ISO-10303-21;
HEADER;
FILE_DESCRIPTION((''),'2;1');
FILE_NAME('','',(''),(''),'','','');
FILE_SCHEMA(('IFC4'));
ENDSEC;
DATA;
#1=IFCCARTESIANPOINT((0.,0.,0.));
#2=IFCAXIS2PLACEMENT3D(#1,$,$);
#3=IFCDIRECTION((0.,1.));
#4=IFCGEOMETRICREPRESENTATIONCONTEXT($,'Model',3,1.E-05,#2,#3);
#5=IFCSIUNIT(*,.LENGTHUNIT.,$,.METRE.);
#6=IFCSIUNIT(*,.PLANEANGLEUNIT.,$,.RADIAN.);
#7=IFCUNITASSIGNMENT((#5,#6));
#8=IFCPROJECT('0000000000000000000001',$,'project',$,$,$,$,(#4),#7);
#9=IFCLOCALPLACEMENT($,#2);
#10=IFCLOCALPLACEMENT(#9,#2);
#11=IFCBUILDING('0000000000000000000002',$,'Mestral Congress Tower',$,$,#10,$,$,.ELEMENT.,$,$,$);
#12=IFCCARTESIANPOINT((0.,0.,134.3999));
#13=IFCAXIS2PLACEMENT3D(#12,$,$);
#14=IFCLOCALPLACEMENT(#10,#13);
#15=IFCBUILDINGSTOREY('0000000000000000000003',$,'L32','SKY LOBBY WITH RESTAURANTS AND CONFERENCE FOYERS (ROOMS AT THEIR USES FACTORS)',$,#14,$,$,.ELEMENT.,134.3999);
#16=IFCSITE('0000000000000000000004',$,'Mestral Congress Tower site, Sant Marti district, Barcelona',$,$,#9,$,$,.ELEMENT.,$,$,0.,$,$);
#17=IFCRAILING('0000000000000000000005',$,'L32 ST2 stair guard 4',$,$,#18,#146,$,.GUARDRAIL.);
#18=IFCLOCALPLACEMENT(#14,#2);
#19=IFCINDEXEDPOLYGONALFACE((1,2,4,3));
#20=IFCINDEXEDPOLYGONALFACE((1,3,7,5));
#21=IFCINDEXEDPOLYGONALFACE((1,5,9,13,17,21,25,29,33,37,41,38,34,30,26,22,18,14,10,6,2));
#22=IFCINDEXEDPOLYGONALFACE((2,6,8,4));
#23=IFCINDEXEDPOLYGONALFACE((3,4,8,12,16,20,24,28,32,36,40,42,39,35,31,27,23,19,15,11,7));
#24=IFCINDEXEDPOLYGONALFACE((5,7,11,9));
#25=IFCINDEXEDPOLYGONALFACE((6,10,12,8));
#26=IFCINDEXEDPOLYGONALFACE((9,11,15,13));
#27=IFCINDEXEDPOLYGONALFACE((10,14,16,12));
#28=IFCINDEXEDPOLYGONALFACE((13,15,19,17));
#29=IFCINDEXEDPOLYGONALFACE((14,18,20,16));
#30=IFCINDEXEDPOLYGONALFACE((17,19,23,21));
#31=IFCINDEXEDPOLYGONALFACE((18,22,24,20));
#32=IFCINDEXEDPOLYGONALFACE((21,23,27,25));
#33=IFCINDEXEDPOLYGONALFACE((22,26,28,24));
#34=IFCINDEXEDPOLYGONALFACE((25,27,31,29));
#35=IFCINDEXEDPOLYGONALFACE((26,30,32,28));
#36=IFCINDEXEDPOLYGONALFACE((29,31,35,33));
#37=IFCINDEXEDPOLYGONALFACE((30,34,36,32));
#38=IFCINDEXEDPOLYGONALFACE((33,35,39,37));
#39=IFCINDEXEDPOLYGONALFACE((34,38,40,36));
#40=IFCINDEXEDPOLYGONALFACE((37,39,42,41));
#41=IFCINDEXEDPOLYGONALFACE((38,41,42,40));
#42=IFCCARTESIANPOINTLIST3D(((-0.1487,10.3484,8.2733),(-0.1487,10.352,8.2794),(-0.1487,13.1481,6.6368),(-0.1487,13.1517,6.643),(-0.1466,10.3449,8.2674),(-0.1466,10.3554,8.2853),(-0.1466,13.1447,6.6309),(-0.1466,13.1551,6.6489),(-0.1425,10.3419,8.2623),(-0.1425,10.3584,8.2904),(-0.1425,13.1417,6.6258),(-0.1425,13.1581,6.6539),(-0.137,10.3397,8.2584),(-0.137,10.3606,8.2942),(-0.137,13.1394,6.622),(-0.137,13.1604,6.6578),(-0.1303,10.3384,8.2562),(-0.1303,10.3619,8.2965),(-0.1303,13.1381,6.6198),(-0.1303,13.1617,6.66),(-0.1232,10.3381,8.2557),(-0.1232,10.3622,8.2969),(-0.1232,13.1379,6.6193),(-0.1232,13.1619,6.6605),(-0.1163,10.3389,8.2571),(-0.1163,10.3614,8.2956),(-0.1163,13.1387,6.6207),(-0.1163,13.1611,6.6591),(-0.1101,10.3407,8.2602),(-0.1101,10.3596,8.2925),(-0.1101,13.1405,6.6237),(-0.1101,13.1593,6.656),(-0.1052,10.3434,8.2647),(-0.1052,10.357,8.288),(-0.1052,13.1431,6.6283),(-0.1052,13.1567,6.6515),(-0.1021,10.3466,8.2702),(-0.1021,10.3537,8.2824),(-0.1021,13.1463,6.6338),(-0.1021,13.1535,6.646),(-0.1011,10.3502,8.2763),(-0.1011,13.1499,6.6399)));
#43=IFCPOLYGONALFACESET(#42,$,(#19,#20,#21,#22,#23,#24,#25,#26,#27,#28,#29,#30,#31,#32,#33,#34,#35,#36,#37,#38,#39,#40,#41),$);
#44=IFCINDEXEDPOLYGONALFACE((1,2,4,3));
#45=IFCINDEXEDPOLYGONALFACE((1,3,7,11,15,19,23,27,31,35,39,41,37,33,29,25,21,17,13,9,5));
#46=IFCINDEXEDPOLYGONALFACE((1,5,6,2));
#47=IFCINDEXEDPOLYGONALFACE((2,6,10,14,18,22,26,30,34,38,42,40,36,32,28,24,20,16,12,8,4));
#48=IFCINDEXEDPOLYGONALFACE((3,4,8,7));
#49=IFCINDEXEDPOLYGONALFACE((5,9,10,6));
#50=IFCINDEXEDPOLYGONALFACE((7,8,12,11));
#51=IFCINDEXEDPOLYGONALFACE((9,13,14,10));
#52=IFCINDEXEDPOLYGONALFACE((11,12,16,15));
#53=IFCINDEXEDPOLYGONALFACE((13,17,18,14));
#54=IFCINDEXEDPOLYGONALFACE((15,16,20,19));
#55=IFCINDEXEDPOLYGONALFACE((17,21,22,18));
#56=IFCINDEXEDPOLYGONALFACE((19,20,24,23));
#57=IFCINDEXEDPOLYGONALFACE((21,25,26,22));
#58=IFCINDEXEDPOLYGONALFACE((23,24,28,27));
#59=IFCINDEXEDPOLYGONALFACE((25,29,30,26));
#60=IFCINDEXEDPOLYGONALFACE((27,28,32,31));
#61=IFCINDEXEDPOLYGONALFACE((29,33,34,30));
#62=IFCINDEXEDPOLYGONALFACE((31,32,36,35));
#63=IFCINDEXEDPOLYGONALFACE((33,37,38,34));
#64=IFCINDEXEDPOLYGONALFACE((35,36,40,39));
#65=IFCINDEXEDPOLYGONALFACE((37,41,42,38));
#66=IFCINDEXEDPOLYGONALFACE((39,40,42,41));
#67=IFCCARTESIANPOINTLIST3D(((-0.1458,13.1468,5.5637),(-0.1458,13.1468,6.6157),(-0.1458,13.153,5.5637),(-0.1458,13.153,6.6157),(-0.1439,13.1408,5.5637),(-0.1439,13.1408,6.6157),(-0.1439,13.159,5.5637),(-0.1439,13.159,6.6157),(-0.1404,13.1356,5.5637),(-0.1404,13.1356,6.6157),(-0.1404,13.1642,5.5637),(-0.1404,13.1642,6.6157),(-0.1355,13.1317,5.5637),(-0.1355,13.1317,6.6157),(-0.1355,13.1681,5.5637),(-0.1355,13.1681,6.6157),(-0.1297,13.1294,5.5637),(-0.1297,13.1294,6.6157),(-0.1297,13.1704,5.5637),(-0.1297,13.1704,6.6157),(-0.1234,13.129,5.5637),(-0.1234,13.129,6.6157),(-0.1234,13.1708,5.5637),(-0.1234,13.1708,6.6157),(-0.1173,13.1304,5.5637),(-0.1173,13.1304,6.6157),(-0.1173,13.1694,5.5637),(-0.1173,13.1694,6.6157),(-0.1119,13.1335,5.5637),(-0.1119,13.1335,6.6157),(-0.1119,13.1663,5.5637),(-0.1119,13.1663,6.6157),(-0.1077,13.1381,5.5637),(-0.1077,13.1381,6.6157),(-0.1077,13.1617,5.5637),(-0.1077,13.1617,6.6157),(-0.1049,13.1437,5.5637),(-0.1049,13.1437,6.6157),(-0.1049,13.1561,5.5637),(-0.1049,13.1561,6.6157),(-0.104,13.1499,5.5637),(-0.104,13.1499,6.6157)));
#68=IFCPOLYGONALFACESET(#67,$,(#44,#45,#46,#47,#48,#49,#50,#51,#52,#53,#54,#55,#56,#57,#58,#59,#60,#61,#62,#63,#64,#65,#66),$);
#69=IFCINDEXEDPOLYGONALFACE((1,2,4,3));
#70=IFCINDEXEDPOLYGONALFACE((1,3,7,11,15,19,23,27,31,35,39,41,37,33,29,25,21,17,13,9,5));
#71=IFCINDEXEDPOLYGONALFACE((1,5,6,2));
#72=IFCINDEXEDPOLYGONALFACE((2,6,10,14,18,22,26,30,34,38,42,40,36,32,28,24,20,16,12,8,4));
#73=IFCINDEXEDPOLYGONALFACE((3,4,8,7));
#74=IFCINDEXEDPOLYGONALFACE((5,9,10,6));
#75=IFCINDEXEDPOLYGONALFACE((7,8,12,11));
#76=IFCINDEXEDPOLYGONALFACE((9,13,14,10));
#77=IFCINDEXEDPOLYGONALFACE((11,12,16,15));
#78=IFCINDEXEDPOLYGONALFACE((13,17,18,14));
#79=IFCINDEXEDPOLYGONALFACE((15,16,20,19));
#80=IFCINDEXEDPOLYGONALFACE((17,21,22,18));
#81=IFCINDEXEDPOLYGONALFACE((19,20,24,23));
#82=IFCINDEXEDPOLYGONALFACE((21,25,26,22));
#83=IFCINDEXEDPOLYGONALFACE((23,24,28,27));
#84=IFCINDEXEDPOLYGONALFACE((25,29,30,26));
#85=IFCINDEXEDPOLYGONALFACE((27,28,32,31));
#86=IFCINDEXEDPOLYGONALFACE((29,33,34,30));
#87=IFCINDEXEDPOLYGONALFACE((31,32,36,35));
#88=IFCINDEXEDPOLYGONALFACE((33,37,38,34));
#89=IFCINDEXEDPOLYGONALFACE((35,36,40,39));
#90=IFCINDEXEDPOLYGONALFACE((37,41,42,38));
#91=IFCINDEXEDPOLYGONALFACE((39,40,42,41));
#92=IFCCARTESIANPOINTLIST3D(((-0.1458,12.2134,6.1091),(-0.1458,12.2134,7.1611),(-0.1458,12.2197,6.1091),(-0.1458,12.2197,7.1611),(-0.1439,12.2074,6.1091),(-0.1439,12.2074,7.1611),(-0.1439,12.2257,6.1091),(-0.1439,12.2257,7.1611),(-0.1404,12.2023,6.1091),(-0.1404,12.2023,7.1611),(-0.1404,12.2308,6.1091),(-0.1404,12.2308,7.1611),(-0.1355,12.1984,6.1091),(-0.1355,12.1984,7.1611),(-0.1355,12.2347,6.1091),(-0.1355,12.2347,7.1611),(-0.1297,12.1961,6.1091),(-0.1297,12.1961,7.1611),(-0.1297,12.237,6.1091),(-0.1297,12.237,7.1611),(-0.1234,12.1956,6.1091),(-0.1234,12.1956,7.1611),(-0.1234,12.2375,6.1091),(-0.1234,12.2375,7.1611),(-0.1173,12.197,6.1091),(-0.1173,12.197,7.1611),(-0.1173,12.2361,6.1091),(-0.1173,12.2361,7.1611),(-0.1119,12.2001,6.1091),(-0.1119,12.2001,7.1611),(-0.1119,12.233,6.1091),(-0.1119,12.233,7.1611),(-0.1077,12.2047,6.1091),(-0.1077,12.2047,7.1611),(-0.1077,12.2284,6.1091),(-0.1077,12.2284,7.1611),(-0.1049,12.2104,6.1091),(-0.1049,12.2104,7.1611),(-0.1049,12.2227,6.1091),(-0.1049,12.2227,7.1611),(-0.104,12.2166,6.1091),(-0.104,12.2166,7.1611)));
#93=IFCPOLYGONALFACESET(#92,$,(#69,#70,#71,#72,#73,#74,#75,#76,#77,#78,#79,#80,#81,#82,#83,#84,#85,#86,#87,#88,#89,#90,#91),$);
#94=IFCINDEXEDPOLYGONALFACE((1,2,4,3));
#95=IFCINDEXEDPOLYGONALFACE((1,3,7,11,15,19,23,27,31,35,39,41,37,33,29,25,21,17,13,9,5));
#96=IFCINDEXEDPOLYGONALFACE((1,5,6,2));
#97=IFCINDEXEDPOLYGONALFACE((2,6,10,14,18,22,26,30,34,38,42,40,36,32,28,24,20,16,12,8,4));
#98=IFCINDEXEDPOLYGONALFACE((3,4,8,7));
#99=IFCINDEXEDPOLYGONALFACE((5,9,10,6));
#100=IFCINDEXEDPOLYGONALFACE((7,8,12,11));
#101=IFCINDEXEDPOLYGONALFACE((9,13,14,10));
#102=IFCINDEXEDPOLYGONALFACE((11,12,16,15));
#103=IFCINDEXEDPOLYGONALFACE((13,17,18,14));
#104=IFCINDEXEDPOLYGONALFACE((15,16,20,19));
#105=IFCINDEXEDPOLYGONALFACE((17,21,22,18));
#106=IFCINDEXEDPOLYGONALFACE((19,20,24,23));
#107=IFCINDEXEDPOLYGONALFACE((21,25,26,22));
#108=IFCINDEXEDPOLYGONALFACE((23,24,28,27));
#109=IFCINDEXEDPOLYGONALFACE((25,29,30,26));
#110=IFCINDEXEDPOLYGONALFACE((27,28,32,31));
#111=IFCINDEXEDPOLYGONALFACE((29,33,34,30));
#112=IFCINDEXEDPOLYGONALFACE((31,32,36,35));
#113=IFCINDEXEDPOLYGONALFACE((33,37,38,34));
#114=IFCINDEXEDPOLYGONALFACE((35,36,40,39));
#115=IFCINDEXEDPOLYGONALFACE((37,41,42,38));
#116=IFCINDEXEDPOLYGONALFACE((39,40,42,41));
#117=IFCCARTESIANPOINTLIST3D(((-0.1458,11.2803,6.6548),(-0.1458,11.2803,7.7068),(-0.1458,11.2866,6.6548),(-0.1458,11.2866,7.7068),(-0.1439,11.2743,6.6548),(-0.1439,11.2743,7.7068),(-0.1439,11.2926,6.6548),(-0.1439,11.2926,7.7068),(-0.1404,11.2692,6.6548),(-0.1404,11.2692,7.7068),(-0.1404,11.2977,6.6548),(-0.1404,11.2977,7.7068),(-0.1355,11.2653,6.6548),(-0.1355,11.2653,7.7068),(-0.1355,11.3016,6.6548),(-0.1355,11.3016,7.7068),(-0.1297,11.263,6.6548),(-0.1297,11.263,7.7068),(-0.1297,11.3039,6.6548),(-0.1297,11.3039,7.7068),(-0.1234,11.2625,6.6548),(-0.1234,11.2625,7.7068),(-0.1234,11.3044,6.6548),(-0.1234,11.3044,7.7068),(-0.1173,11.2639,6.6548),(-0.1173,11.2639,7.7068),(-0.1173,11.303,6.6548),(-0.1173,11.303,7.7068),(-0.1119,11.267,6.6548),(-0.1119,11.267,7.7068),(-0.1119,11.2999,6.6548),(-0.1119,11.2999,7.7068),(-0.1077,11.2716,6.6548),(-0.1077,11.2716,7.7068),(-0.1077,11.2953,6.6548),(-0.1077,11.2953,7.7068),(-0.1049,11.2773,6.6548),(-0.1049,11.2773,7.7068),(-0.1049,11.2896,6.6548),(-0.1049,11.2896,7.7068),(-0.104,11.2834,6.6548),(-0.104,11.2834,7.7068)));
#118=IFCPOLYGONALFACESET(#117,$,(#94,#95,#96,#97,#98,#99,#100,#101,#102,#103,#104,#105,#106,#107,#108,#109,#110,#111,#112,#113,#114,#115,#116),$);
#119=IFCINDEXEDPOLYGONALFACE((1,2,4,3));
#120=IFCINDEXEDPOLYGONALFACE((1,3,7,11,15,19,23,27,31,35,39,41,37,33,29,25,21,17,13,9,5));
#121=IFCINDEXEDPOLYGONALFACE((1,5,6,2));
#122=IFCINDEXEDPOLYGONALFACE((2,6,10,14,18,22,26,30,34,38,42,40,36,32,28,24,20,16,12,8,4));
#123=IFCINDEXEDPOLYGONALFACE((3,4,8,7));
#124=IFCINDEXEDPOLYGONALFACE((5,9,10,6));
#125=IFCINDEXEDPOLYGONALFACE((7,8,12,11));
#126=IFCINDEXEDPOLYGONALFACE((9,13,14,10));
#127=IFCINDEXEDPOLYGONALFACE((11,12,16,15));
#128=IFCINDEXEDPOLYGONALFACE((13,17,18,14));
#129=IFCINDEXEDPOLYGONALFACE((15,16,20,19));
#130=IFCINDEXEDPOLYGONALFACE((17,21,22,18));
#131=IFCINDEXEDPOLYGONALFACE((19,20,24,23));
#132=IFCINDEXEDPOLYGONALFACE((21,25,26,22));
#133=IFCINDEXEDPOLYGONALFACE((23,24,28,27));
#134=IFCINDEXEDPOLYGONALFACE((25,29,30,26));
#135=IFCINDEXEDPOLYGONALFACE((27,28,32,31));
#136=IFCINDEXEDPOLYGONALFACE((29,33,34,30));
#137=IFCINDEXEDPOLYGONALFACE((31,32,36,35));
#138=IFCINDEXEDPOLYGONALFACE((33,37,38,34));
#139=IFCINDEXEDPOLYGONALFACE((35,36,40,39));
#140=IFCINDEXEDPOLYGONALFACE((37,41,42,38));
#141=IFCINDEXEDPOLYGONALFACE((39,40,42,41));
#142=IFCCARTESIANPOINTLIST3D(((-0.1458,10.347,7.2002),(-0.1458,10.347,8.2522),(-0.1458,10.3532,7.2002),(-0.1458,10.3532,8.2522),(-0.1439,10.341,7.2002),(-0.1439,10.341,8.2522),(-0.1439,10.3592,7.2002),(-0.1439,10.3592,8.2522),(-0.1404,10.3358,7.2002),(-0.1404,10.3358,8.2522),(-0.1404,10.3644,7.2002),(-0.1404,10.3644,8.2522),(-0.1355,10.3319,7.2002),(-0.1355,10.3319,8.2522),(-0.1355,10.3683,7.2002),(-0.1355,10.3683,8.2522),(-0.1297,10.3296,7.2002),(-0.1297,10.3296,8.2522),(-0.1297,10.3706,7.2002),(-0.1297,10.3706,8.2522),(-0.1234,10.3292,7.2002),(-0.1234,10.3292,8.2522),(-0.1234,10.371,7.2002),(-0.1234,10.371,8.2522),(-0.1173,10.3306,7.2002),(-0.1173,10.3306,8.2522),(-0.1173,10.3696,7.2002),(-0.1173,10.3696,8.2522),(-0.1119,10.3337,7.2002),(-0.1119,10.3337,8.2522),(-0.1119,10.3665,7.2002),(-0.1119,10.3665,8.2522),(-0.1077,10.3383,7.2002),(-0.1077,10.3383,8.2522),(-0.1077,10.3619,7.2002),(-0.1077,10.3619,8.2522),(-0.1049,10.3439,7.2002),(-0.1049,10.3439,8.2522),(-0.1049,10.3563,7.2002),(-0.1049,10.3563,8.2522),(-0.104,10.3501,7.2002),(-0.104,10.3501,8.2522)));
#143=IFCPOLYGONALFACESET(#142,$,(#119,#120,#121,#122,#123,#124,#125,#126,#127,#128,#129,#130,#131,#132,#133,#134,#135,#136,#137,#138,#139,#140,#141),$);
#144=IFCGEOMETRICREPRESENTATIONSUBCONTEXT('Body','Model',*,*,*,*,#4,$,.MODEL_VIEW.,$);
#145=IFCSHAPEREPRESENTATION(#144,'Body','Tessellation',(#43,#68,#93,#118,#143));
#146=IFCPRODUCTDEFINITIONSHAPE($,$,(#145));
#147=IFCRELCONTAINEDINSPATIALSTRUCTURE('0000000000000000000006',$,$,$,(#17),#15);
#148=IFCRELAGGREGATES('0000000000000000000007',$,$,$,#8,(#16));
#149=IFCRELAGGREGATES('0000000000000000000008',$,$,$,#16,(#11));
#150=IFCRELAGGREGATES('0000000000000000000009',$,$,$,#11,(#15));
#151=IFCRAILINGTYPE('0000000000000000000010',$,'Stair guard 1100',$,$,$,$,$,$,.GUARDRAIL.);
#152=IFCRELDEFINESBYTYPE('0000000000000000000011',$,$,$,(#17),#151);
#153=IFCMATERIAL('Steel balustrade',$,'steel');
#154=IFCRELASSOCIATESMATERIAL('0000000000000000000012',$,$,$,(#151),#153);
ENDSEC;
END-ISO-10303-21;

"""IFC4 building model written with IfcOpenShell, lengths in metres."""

from ifc_helpers import new_model, si_unit, direction, frame, origin, origin_2d, place, context, subcontext, project, spatial, circle, extrude, material, type_object, element, save


model = new_model("IFC4")

# Units and contexts
model_context = context("Model", 3, precision=1e-05, world=origin(), true_north=direction((0.0, 1.0)))
body_context = subcontext(model_context, "Body", "Model", "MODEL_VIEW")
ifc_project = project(units=[si_unit("LENGTHUNIT", "METRE"), si_unit("PLANEANGLEUNIT", "RADIAN")], contexts=[model_context])

# Site, building, storey
site_placement = place(None, origin())
site = spatial("IfcSite", under=ifc_project, at=site_placement, Name="Mestral Congress Tower site, Sant Marti district, Barcelona", CompositionType="ELEMENT", RefElevation=0.0)
building_placement = place(site_placement, origin())
building = spatial("IfcBuilding", under=site, at=building_placement, Name="Mestral Congress Tower", CompositionType="ELEMENT")
storey_placement = place(building_placement, frame((0.0, 0.0, 134.3999)))
storey = spatial("IfcBuildingStorey", under=building, at=storey_placement, Name="L32", Description="SKY LOBBY WITH RESTAURANTS AND CONFERENCE FOYERS (ROOMS AT THEIR USES FACTORS)", CompositionType="ELEMENT", Elevation=134.3999)

# Railing
ifc_material_1 = material(Name="Steel balustrade", Category="steel")
railing_type = type_object("IfcRailingType", Name="Stair guard 1100", PredefinedType="GUARDRAIL", material=ifc_material_1)
railing_1_placement = place(storey_placement, frame((-0.125, 13.1499, 5.5637)))
element("IfcRailing", 1, at=railing_1_placement, inside=storey, type_object=railing_type, Name="L32 ST2 stair guard 4", PredefinedType="GUARDRAIL", context=body_context, shape_type="SweptSolid", body=[
    extrude(circle(Radius=0.0239, at=origin_2d()), frame((0.0, 0.0, 1.0762), z_axis=(0.0, -0.863342, 0.50462), x_axis=(1.0, 0.0, 0.0)), (0.0, 0.0, 1.0), 3.2429),
    extrude(circle(Radius=0.021, at=origin_2d()), origin(), (0.0, 0.0, 1.0), 1.052),
    extrude(circle(Radius=0.021, at=origin_2d()), frame((0.0, -0.9333, 0.5454)), (0.0, 0.0, 1.0), 1.052),
    extrude(circle(Radius=0.021, at=origin_2d()), frame((0.0, -1.8665, 1.0911)), (0.0, 0.0, 1.0), 1.052),
    extrude(circle(Radius=0.021, at=origin_2d()), frame((0.0, -2.7998, 1.6365)), (0.0, 0.0, 1.0), 1.052),
])

save(model, "model.ifc")
